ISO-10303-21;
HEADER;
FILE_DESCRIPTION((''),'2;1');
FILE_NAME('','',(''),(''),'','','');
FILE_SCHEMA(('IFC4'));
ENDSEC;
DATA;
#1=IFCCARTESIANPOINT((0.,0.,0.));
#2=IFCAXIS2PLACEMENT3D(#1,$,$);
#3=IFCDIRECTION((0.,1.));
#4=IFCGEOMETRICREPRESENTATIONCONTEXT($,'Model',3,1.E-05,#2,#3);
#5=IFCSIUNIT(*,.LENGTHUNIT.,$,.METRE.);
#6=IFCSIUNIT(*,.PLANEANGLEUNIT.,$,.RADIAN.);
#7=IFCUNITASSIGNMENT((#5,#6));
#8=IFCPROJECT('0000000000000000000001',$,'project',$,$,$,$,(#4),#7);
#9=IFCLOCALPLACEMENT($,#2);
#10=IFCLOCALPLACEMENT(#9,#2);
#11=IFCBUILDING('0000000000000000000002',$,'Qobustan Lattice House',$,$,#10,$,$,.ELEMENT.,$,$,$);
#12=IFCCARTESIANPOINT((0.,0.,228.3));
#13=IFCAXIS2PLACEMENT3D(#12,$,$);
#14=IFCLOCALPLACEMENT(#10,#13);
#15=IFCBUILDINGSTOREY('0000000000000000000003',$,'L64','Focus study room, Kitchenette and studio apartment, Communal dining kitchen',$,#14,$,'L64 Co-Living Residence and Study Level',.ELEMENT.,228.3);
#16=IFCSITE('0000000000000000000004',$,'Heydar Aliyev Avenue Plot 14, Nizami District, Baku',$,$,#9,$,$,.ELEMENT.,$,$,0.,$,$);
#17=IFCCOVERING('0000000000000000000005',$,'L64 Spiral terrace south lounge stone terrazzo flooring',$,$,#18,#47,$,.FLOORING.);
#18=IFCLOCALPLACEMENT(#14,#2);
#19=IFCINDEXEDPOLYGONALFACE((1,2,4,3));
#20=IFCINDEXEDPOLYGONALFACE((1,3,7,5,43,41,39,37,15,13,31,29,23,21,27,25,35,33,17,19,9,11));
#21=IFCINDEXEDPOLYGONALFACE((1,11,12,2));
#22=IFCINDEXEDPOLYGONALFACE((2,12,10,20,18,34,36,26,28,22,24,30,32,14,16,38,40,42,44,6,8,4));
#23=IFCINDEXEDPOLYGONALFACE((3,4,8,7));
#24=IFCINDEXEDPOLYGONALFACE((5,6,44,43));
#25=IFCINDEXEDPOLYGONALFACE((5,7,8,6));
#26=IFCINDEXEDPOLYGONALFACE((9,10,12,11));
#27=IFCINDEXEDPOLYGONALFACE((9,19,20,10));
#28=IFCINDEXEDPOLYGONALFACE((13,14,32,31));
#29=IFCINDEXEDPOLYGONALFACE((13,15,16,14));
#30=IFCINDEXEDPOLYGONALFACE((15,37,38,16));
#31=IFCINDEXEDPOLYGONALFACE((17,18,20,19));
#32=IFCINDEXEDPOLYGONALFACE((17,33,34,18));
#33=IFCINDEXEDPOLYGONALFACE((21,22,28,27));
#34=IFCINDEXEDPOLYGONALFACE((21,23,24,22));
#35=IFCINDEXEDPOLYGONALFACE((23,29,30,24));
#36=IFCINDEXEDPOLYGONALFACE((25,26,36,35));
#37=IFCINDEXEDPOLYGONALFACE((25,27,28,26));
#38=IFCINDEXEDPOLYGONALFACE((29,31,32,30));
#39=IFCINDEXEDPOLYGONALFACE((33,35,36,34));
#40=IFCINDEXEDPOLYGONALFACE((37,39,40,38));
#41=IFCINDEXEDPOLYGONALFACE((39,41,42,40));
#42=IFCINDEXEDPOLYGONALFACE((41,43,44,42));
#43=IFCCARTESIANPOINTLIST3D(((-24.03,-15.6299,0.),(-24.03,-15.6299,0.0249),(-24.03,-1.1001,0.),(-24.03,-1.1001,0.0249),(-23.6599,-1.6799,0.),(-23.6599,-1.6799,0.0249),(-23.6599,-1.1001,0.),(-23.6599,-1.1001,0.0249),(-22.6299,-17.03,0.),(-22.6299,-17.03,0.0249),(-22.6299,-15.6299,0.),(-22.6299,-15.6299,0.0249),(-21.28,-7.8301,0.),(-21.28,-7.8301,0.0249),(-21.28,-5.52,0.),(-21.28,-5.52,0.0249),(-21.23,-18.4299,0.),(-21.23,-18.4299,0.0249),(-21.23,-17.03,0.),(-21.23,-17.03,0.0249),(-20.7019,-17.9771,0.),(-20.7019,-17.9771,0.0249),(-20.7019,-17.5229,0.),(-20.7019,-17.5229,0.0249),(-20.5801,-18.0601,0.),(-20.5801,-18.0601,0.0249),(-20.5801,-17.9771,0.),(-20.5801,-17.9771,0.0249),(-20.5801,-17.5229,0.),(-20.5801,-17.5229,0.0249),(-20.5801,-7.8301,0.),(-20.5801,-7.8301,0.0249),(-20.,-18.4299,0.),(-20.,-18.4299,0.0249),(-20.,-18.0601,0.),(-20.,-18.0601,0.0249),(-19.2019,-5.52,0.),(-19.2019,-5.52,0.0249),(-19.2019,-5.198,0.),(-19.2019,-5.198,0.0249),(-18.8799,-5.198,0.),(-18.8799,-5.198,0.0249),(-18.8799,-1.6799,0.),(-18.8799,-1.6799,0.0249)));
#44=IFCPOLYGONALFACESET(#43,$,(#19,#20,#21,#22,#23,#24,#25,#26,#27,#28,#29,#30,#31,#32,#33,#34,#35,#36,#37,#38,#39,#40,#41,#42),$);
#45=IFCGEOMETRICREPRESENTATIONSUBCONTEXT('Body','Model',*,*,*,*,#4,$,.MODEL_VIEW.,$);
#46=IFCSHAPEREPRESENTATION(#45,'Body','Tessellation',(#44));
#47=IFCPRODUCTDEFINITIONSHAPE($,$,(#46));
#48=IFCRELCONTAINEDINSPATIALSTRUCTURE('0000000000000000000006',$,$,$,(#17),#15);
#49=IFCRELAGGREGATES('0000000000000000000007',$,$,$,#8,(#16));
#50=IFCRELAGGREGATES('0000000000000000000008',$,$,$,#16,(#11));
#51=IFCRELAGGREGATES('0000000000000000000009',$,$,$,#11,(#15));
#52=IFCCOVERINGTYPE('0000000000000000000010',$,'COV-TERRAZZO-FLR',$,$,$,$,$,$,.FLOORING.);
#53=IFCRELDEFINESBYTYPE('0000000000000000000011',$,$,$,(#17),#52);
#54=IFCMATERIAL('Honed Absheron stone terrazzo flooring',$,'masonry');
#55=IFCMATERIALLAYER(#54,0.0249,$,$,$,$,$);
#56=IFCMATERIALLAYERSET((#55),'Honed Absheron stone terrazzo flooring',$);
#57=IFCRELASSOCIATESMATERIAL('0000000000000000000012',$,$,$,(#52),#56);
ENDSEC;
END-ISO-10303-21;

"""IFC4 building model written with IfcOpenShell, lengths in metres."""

from ifc_helpers import new_model, si_unit, direction, frame, origin, place, context, subcontext, project, spatial, polyline, outline, extrude, material, layer, layer_set, type_object, element, save


model = new_model("IFC4")

# Units and contexts
model_context = context("Model", 3, precision=1e-05, world=origin(), true_north=direction((0.0, 1.0)))
body_context = subcontext(model_context, "Body", "Model", "MODEL_VIEW")
ifc_project = project(units=[si_unit("LENGTHUNIT", "METRE"), si_unit("PLANEANGLEUNIT", "RADIAN")], contexts=[model_context])

# Site, building, storey
site_placement = place(None, origin())
site = spatial("IfcSite", under=ifc_project, at=site_placement, Name="Heydar Aliyev Avenue Plot 14, Nizami District, Baku", CompositionType="ELEMENT", RefElevation=0.0)
building_placement = place(site_placement, origin())
building = spatial("IfcBuilding", under=site, at=building_placement, Name="Qobustan Lattice House", CompositionType="ELEMENT")
storey_placement = place(building_placement, frame((0.0, 0.0, 228.3)))
storey = spatial("IfcBuildingStorey", under=building, at=storey_placement, Name="L64", Description="Focus study room, Kitchenette and studio apartment, Communal dining kitchen", LongName="L64 Co-Living Residence and Study Level", CompositionType="ELEMENT", Elevation=228.3)

# Covering
ifc_material_1 = material(Name="Honed Absheron stone terrazzo flooring", Category="masonry")
ifc_layer_1 = layer(ifc_material_1, 0.0249)
ifc_layer_set_1 = layer_set([ifc_layer_1], Name="Honed Absheron stone terrazzo flooring")
covering_type_1 = type_object("IfcCoveringType", Name="COV-TERRAZZO-FLR", PredefinedType="FLOORING", material=ifc_layer_set_1)
covering_1_placement = place(storey_placement, origin())
element("IfcCovering", 1, at=covering_1_placement, inside=storey, type_object=covering_type_1, Name="L64 Spiral terrace south lounge stone terrazzo flooring", PredefinedType="FLOORING", context=body_context, shape_type="SweptSolid", body=[
    extrude(outline(polyline([(-22.6299, -17.03), (-21.23, -17.03), (-21.23, -18.4299), (-20.0, -18.4299), (-20.0, -18.0601), (-20.5801, -18.0601), (-20.5801, -17.9771), (-20.7019, -17.9771), (-20.7019, -17.5229), (-20.5801, -17.5229), (-20.5801, -7.8301), (-21.28, -7.8301), (-21.28, -5.52), (-19.2019, -5.52), (-19.2019, -5.198), (-18.8799, -5.198), (-18.8799, -1.6799), (-23.6599, -1.6799), (-23.6599, -1.1001), (-24.03, -1.1001), (-24.03, -15.6299), (-22.6299, -15.6299), (-22.6299, -17.03)])), origin(), (0.0, 0.0, 1.0), 0.0249),
])

save(model, "model.ifc")
